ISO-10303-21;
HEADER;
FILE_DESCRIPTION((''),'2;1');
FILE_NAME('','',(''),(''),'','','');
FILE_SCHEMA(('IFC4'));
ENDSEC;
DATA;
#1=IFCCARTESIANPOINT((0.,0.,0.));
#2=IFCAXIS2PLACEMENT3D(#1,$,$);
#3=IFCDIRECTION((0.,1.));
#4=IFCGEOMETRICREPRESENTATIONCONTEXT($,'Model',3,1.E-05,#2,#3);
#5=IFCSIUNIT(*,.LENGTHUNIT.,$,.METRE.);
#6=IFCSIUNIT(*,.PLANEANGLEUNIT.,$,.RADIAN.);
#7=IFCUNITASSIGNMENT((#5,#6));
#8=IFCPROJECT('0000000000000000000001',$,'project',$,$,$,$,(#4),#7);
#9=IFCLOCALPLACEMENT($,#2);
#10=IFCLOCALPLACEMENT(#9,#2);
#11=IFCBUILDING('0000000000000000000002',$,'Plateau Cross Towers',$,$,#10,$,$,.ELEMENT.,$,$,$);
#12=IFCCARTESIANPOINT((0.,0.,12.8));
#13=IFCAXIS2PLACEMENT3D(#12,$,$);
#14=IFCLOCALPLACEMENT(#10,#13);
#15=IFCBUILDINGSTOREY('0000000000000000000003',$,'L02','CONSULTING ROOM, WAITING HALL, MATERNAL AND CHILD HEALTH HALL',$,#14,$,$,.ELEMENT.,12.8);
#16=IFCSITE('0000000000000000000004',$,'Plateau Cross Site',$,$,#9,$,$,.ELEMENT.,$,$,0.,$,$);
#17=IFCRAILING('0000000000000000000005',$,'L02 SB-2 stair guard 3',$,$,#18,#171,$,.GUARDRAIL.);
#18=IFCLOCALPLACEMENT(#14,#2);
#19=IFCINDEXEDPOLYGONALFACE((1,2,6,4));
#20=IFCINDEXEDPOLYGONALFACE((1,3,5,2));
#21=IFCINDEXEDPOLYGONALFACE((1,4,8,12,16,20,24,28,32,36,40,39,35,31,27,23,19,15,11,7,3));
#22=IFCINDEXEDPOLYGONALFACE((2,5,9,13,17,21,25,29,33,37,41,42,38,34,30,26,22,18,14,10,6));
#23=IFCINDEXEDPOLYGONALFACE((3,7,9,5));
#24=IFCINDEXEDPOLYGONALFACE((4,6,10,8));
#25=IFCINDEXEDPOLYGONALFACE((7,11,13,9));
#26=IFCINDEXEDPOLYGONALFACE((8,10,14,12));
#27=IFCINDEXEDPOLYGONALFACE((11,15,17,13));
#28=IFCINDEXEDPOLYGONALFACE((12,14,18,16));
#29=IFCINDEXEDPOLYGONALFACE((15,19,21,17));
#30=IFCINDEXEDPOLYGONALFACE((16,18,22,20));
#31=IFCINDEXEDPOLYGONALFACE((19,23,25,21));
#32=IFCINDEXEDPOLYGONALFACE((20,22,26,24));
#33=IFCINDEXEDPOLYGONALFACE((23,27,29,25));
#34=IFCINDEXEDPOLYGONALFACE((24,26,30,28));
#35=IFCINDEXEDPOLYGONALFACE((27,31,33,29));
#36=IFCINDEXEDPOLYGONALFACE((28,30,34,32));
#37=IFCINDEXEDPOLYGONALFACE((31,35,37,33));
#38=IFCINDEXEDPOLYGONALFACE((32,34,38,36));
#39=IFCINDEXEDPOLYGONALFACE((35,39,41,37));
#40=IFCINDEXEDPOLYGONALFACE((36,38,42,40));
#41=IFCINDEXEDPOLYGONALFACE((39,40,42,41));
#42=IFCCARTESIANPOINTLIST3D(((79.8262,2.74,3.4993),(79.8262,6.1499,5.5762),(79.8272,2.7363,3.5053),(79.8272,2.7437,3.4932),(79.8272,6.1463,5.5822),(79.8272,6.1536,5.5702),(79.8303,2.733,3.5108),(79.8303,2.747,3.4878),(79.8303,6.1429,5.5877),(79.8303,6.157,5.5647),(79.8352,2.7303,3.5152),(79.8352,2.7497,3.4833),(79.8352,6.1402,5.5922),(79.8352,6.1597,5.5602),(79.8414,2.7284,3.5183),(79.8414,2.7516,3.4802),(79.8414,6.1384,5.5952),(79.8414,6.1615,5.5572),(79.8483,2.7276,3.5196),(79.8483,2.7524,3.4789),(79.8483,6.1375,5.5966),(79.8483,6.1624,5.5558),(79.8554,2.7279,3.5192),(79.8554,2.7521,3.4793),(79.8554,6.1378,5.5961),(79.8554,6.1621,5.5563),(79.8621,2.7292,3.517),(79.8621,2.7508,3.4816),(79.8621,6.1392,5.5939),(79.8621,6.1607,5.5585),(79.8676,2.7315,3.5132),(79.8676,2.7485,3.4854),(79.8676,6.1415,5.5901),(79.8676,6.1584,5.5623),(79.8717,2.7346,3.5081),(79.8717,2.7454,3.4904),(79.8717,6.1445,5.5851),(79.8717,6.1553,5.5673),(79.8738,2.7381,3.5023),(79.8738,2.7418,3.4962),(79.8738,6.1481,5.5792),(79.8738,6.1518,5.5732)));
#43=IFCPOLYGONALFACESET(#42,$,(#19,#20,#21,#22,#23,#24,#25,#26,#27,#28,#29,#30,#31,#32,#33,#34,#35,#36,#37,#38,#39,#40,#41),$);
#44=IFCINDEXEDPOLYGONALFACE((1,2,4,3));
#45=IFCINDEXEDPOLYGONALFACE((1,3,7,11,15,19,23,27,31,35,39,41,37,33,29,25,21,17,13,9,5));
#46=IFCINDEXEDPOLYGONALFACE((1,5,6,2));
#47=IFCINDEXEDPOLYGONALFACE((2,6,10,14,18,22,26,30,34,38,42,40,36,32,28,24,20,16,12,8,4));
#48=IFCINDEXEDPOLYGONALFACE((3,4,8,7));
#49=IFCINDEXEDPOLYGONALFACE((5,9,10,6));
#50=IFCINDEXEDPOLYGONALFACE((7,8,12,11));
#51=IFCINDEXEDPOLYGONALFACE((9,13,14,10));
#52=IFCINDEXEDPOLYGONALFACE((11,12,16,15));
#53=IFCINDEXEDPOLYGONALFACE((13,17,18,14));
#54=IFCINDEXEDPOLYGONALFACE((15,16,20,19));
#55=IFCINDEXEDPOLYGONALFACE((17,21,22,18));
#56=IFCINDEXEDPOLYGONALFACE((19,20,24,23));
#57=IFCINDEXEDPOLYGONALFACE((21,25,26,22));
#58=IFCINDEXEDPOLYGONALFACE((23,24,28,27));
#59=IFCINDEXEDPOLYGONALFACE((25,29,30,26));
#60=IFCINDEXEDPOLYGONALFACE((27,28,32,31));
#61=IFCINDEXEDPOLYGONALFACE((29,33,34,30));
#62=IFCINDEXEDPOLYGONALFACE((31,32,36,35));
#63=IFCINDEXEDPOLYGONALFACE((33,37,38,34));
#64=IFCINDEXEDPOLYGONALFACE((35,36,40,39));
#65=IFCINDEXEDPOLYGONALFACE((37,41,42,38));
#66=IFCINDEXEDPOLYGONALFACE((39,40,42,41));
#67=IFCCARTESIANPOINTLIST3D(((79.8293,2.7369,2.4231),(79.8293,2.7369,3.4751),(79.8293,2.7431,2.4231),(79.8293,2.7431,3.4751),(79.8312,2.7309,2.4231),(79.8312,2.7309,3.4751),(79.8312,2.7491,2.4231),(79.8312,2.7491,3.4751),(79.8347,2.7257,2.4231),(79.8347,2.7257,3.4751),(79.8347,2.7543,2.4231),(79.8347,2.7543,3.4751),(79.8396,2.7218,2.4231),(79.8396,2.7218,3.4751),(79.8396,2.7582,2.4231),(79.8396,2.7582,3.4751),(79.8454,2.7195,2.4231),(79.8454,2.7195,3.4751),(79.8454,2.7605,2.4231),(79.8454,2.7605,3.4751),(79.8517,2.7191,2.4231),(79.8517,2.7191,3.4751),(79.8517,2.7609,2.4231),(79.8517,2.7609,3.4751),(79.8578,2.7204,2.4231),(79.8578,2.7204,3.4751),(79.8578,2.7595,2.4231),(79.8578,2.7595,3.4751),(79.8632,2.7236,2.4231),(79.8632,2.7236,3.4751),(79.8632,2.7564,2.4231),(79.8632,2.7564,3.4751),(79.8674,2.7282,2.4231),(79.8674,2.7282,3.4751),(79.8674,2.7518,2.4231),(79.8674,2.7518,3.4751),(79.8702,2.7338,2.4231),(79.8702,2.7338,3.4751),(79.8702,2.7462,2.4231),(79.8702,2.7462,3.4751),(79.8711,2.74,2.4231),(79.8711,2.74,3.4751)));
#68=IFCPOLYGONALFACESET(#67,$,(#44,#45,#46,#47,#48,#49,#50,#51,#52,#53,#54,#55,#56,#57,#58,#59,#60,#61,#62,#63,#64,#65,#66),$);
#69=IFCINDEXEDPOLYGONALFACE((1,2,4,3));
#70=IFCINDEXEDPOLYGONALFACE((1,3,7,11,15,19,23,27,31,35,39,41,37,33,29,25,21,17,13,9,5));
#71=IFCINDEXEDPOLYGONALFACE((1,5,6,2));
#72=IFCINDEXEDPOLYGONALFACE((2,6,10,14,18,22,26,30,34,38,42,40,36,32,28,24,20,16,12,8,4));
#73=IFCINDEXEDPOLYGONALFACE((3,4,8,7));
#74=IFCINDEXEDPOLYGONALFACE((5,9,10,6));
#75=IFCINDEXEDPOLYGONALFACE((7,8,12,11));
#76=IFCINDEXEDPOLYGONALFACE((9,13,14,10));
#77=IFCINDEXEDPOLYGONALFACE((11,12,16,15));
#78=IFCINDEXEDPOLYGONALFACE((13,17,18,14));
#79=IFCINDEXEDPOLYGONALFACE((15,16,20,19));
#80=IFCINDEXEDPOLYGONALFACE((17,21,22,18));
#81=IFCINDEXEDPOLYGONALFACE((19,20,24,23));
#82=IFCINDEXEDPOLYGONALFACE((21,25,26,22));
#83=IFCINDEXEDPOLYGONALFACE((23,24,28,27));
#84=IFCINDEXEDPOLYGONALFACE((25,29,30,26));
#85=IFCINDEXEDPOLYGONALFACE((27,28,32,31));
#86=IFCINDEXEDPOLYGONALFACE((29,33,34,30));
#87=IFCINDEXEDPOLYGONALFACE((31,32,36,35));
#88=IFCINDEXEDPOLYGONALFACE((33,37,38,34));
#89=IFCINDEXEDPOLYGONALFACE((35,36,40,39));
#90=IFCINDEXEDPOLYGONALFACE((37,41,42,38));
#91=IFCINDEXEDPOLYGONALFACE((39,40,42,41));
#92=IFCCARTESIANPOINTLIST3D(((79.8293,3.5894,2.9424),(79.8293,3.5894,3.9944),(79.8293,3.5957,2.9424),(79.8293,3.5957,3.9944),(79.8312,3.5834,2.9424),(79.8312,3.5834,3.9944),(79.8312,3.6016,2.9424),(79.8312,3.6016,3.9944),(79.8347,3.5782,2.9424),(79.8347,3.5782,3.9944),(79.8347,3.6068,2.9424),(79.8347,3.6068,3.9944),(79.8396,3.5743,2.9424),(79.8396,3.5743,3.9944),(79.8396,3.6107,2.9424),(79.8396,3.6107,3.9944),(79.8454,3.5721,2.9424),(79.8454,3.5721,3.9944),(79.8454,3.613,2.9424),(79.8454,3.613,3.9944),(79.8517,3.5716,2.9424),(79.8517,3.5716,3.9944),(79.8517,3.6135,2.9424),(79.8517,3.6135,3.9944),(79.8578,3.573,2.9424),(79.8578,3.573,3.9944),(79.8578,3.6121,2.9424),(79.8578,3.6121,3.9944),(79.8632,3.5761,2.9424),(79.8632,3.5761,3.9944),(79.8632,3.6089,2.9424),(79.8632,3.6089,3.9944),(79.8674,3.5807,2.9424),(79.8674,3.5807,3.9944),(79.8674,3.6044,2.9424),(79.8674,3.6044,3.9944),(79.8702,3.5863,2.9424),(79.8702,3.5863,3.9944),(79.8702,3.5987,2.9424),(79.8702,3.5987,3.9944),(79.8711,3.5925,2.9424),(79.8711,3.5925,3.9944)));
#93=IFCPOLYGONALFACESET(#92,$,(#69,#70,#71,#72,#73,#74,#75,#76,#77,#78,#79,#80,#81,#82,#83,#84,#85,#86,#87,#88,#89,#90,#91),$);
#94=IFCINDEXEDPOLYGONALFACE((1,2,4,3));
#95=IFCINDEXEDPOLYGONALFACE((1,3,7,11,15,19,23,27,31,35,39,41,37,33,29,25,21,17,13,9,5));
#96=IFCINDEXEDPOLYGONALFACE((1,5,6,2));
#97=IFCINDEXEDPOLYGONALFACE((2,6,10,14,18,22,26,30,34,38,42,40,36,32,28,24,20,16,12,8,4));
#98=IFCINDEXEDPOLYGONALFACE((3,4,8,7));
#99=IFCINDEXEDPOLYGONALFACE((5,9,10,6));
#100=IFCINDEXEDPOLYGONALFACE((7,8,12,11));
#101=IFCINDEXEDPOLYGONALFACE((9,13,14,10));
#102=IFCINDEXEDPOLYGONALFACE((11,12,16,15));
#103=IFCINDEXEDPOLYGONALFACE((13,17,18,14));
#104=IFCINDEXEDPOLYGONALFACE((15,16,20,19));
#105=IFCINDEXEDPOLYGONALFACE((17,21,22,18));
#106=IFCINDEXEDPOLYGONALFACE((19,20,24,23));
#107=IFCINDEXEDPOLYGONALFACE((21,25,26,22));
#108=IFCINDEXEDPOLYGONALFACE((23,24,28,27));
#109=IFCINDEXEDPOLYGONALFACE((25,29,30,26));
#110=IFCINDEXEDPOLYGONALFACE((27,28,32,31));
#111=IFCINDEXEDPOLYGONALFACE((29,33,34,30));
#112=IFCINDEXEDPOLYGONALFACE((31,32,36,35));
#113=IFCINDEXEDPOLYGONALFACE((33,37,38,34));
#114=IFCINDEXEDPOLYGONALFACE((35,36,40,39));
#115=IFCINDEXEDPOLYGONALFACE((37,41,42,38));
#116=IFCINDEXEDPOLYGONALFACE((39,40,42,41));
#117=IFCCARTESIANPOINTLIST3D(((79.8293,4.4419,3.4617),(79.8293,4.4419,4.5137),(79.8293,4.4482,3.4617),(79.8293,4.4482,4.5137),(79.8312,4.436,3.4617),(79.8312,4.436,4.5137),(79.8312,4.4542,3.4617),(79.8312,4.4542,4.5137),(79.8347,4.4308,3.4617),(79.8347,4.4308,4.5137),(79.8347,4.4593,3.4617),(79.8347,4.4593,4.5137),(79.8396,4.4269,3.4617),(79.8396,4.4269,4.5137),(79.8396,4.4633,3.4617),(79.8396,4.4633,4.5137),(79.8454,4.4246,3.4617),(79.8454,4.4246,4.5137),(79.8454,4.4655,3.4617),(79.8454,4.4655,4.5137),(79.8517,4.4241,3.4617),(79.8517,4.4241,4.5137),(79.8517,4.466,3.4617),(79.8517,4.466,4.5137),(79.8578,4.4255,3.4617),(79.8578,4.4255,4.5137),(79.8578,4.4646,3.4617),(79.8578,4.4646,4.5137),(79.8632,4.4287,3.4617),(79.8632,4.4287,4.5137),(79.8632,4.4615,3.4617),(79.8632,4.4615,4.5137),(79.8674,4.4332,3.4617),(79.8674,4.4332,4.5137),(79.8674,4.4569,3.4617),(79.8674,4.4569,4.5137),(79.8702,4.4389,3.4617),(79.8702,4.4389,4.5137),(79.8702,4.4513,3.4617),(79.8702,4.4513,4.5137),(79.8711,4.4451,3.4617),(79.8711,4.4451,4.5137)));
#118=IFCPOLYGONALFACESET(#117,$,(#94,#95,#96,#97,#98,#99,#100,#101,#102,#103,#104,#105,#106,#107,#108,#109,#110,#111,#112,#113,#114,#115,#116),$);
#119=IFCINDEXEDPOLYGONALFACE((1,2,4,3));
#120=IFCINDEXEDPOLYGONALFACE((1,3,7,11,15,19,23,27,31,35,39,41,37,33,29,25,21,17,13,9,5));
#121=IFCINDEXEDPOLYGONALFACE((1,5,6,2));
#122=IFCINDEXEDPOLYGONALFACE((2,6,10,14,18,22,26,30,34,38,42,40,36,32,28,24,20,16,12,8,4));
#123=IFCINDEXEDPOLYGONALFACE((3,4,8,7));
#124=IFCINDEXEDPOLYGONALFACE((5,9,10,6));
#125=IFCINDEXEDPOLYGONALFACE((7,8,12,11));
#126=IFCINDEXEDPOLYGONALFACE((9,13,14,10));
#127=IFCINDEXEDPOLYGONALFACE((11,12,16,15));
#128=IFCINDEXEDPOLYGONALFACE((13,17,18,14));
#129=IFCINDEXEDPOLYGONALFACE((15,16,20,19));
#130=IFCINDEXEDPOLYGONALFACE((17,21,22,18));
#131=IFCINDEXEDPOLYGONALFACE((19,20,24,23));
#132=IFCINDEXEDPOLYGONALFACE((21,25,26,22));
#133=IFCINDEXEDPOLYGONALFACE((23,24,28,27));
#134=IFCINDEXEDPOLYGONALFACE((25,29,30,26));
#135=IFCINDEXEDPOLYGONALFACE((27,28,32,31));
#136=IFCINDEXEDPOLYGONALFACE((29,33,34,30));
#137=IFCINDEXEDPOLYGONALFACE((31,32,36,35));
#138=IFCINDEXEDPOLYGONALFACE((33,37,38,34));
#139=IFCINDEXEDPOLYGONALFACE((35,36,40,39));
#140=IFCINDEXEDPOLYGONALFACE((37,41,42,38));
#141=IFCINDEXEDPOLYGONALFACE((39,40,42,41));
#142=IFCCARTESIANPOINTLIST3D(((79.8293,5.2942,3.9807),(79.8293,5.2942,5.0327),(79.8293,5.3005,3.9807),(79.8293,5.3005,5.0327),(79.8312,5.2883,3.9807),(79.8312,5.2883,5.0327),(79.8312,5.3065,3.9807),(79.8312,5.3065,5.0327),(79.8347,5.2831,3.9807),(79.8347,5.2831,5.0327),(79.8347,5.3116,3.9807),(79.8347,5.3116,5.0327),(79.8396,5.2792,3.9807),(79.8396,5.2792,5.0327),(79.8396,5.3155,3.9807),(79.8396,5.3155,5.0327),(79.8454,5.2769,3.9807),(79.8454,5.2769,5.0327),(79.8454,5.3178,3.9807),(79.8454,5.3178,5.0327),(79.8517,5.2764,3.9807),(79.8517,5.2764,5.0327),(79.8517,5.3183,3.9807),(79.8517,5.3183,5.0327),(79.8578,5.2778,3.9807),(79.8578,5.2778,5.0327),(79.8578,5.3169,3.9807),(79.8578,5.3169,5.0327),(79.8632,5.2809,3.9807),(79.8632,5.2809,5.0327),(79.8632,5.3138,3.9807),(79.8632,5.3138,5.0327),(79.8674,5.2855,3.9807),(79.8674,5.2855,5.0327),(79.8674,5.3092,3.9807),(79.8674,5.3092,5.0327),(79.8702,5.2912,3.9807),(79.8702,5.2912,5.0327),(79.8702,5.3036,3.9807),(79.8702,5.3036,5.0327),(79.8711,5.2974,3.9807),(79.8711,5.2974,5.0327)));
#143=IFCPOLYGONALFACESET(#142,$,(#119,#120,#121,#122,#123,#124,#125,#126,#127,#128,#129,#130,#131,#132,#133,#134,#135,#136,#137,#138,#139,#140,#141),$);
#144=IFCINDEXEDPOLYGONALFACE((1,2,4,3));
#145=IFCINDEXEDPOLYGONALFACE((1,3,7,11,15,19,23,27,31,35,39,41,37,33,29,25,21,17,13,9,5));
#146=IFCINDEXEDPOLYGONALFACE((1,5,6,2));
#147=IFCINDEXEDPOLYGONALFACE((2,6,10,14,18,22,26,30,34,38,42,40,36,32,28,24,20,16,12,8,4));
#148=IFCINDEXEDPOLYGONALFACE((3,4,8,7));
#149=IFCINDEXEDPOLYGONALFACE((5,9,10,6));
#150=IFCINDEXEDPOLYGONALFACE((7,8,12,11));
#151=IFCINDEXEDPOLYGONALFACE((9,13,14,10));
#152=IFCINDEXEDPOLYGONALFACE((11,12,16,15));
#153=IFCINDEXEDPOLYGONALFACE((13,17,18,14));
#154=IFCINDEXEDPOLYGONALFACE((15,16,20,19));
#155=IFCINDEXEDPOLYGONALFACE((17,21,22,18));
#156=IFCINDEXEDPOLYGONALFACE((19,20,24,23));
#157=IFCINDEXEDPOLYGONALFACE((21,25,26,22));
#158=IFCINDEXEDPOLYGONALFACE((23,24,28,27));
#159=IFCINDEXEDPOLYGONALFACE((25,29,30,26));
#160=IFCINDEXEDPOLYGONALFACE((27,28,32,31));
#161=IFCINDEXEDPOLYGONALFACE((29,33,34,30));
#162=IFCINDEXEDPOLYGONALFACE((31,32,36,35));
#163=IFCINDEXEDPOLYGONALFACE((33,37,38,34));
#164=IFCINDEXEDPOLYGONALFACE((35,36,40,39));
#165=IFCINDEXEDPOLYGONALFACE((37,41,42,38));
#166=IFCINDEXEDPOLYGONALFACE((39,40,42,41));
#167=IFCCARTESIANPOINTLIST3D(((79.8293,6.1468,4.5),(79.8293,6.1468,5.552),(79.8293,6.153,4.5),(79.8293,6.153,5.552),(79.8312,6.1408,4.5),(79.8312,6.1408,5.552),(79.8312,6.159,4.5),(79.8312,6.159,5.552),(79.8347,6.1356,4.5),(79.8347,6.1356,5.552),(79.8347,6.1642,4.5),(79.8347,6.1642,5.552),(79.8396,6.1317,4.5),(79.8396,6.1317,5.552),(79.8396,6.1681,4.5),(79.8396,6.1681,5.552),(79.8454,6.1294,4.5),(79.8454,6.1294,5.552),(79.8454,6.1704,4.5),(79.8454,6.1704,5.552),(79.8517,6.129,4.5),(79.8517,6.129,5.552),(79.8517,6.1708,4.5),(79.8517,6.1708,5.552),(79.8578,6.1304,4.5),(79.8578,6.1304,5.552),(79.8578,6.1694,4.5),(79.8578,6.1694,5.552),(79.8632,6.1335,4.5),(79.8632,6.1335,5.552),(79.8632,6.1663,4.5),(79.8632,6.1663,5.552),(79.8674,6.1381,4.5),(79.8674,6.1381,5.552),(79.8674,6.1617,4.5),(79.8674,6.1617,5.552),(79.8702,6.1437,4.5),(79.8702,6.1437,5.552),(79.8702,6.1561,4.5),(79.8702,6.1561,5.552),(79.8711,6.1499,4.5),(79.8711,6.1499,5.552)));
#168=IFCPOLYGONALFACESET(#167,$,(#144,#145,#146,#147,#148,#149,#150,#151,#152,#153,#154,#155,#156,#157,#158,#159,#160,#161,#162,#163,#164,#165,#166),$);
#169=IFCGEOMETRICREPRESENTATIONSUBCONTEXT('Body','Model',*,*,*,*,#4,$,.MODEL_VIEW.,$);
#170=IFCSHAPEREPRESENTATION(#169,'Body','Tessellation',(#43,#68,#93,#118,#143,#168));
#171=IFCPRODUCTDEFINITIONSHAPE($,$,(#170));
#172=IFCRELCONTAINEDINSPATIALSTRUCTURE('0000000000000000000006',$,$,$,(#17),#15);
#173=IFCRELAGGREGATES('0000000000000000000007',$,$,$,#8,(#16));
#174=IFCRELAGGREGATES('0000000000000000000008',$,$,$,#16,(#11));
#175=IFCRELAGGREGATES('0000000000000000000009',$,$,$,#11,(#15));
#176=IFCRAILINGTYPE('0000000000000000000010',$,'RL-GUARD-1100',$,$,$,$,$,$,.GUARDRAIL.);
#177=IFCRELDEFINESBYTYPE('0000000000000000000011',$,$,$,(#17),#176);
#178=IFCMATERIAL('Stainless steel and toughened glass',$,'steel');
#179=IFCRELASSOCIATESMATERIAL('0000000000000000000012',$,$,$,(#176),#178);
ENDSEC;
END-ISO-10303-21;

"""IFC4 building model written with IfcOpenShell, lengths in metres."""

from ifc_helpers import new_model, si_unit, direction, frame, origin, origin_2d, place, context, subcontext, project, spatial, circle, extrude, material, type_object, element, save


model = new_model("IFC4")

# Units and contexts
model_context = context("Model", 3, precision=1e-05, world=origin(), true_north=direction((0.0, 1.0)))
body_context = subcontext(model_context, "Body", "Model", "MODEL_VIEW")
ifc_project = project(units=[si_unit("LENGTHUNIT", "METRE"), si_unit("PLANEANGLEUNIT", "RADIAN")], contexts=[model_context])

# Site, building, storey
site_placement = place(None, origin())
site = spatial("IfcSite", under=ifc_project, at=site_placement, Name="Plateau Cross Site", CompositionType="ELEMENT", RefElevation=0.0)
building_placement = place(site_placement, origin())
building = spatial("IfcBuilding", under=site, at=building_placement, Name="Plateau Cross Towers", CompositionType="ELEMENT")
storey_placement = place(building_placement, frame((0.0, 0.0, 12.8)))
storey = spatial("IfcBuildingStorey", under=building, at=storey_placement, Name="L02", Description="CONSULTING ROOM, WAITING HALL, MATERNAL AND CHILD HEALTH HALL", CompositionType="ELEMENT", Elevation=12.8)

# Railing
ifc_material_1 = material(Name="Stainless steel and toughened glass", Category="steel")
railing_type_1 = type_object("IfcRailingType", Name="RL-GUARD-1100", PredefinedType="GUARDRAIL", material=ifc_material_1)
railing_1_placement = place(storey_placement, frame((79.8501, 2.74, 2.4231)))
element("IfcRailing", 1, at=railing_1_placement, inside=storey, type_object=railing_type_1, Name="L02 SB-2 stair guard 3", PredefinedType="GUARDRAIL", context=body_context, shape_type="SweptSolid", body=[
    extrude(circle(Radius=0.0239, at=origin_2d()), frame((0.0, 0.0, 1.0762), z_axis=(0.0, 0.854053, 0.520186), x_axis=(-1.0, 0.0, 0.0)), (0.0, 0.0, 1.0), 3.9927),
    extrude(circle(Radius=0.021, at=origin_2d()), origin(), (0.0, 0.0, 1.0), 1.052),
    extrude(circle(Radius=0.021, at=origin_2d()), frame((0.0, 0.8525, 0.5193)), (0.0, 0.0, 1.0), 1.052),
    extrude(circle(Radius=0.021, at=origin_2d()), frame((0.0, 1.7051, 1.0386)), (0.0, 0.0, 1.0), 1.052),
    extrude(circle(Radius=0.021, at=origin_2d()), frame((0.0, 2.5574, 1.5576)), (0.0, 0.0, 1.0), 1.052),
    extrude(circle(Radius=0.021, at=origin_2d()), frame((0.0, 3.4099, 2.0769)), (0.0, 0.0, 1.0), 1.052),
])

save(model, "model.ifc")
